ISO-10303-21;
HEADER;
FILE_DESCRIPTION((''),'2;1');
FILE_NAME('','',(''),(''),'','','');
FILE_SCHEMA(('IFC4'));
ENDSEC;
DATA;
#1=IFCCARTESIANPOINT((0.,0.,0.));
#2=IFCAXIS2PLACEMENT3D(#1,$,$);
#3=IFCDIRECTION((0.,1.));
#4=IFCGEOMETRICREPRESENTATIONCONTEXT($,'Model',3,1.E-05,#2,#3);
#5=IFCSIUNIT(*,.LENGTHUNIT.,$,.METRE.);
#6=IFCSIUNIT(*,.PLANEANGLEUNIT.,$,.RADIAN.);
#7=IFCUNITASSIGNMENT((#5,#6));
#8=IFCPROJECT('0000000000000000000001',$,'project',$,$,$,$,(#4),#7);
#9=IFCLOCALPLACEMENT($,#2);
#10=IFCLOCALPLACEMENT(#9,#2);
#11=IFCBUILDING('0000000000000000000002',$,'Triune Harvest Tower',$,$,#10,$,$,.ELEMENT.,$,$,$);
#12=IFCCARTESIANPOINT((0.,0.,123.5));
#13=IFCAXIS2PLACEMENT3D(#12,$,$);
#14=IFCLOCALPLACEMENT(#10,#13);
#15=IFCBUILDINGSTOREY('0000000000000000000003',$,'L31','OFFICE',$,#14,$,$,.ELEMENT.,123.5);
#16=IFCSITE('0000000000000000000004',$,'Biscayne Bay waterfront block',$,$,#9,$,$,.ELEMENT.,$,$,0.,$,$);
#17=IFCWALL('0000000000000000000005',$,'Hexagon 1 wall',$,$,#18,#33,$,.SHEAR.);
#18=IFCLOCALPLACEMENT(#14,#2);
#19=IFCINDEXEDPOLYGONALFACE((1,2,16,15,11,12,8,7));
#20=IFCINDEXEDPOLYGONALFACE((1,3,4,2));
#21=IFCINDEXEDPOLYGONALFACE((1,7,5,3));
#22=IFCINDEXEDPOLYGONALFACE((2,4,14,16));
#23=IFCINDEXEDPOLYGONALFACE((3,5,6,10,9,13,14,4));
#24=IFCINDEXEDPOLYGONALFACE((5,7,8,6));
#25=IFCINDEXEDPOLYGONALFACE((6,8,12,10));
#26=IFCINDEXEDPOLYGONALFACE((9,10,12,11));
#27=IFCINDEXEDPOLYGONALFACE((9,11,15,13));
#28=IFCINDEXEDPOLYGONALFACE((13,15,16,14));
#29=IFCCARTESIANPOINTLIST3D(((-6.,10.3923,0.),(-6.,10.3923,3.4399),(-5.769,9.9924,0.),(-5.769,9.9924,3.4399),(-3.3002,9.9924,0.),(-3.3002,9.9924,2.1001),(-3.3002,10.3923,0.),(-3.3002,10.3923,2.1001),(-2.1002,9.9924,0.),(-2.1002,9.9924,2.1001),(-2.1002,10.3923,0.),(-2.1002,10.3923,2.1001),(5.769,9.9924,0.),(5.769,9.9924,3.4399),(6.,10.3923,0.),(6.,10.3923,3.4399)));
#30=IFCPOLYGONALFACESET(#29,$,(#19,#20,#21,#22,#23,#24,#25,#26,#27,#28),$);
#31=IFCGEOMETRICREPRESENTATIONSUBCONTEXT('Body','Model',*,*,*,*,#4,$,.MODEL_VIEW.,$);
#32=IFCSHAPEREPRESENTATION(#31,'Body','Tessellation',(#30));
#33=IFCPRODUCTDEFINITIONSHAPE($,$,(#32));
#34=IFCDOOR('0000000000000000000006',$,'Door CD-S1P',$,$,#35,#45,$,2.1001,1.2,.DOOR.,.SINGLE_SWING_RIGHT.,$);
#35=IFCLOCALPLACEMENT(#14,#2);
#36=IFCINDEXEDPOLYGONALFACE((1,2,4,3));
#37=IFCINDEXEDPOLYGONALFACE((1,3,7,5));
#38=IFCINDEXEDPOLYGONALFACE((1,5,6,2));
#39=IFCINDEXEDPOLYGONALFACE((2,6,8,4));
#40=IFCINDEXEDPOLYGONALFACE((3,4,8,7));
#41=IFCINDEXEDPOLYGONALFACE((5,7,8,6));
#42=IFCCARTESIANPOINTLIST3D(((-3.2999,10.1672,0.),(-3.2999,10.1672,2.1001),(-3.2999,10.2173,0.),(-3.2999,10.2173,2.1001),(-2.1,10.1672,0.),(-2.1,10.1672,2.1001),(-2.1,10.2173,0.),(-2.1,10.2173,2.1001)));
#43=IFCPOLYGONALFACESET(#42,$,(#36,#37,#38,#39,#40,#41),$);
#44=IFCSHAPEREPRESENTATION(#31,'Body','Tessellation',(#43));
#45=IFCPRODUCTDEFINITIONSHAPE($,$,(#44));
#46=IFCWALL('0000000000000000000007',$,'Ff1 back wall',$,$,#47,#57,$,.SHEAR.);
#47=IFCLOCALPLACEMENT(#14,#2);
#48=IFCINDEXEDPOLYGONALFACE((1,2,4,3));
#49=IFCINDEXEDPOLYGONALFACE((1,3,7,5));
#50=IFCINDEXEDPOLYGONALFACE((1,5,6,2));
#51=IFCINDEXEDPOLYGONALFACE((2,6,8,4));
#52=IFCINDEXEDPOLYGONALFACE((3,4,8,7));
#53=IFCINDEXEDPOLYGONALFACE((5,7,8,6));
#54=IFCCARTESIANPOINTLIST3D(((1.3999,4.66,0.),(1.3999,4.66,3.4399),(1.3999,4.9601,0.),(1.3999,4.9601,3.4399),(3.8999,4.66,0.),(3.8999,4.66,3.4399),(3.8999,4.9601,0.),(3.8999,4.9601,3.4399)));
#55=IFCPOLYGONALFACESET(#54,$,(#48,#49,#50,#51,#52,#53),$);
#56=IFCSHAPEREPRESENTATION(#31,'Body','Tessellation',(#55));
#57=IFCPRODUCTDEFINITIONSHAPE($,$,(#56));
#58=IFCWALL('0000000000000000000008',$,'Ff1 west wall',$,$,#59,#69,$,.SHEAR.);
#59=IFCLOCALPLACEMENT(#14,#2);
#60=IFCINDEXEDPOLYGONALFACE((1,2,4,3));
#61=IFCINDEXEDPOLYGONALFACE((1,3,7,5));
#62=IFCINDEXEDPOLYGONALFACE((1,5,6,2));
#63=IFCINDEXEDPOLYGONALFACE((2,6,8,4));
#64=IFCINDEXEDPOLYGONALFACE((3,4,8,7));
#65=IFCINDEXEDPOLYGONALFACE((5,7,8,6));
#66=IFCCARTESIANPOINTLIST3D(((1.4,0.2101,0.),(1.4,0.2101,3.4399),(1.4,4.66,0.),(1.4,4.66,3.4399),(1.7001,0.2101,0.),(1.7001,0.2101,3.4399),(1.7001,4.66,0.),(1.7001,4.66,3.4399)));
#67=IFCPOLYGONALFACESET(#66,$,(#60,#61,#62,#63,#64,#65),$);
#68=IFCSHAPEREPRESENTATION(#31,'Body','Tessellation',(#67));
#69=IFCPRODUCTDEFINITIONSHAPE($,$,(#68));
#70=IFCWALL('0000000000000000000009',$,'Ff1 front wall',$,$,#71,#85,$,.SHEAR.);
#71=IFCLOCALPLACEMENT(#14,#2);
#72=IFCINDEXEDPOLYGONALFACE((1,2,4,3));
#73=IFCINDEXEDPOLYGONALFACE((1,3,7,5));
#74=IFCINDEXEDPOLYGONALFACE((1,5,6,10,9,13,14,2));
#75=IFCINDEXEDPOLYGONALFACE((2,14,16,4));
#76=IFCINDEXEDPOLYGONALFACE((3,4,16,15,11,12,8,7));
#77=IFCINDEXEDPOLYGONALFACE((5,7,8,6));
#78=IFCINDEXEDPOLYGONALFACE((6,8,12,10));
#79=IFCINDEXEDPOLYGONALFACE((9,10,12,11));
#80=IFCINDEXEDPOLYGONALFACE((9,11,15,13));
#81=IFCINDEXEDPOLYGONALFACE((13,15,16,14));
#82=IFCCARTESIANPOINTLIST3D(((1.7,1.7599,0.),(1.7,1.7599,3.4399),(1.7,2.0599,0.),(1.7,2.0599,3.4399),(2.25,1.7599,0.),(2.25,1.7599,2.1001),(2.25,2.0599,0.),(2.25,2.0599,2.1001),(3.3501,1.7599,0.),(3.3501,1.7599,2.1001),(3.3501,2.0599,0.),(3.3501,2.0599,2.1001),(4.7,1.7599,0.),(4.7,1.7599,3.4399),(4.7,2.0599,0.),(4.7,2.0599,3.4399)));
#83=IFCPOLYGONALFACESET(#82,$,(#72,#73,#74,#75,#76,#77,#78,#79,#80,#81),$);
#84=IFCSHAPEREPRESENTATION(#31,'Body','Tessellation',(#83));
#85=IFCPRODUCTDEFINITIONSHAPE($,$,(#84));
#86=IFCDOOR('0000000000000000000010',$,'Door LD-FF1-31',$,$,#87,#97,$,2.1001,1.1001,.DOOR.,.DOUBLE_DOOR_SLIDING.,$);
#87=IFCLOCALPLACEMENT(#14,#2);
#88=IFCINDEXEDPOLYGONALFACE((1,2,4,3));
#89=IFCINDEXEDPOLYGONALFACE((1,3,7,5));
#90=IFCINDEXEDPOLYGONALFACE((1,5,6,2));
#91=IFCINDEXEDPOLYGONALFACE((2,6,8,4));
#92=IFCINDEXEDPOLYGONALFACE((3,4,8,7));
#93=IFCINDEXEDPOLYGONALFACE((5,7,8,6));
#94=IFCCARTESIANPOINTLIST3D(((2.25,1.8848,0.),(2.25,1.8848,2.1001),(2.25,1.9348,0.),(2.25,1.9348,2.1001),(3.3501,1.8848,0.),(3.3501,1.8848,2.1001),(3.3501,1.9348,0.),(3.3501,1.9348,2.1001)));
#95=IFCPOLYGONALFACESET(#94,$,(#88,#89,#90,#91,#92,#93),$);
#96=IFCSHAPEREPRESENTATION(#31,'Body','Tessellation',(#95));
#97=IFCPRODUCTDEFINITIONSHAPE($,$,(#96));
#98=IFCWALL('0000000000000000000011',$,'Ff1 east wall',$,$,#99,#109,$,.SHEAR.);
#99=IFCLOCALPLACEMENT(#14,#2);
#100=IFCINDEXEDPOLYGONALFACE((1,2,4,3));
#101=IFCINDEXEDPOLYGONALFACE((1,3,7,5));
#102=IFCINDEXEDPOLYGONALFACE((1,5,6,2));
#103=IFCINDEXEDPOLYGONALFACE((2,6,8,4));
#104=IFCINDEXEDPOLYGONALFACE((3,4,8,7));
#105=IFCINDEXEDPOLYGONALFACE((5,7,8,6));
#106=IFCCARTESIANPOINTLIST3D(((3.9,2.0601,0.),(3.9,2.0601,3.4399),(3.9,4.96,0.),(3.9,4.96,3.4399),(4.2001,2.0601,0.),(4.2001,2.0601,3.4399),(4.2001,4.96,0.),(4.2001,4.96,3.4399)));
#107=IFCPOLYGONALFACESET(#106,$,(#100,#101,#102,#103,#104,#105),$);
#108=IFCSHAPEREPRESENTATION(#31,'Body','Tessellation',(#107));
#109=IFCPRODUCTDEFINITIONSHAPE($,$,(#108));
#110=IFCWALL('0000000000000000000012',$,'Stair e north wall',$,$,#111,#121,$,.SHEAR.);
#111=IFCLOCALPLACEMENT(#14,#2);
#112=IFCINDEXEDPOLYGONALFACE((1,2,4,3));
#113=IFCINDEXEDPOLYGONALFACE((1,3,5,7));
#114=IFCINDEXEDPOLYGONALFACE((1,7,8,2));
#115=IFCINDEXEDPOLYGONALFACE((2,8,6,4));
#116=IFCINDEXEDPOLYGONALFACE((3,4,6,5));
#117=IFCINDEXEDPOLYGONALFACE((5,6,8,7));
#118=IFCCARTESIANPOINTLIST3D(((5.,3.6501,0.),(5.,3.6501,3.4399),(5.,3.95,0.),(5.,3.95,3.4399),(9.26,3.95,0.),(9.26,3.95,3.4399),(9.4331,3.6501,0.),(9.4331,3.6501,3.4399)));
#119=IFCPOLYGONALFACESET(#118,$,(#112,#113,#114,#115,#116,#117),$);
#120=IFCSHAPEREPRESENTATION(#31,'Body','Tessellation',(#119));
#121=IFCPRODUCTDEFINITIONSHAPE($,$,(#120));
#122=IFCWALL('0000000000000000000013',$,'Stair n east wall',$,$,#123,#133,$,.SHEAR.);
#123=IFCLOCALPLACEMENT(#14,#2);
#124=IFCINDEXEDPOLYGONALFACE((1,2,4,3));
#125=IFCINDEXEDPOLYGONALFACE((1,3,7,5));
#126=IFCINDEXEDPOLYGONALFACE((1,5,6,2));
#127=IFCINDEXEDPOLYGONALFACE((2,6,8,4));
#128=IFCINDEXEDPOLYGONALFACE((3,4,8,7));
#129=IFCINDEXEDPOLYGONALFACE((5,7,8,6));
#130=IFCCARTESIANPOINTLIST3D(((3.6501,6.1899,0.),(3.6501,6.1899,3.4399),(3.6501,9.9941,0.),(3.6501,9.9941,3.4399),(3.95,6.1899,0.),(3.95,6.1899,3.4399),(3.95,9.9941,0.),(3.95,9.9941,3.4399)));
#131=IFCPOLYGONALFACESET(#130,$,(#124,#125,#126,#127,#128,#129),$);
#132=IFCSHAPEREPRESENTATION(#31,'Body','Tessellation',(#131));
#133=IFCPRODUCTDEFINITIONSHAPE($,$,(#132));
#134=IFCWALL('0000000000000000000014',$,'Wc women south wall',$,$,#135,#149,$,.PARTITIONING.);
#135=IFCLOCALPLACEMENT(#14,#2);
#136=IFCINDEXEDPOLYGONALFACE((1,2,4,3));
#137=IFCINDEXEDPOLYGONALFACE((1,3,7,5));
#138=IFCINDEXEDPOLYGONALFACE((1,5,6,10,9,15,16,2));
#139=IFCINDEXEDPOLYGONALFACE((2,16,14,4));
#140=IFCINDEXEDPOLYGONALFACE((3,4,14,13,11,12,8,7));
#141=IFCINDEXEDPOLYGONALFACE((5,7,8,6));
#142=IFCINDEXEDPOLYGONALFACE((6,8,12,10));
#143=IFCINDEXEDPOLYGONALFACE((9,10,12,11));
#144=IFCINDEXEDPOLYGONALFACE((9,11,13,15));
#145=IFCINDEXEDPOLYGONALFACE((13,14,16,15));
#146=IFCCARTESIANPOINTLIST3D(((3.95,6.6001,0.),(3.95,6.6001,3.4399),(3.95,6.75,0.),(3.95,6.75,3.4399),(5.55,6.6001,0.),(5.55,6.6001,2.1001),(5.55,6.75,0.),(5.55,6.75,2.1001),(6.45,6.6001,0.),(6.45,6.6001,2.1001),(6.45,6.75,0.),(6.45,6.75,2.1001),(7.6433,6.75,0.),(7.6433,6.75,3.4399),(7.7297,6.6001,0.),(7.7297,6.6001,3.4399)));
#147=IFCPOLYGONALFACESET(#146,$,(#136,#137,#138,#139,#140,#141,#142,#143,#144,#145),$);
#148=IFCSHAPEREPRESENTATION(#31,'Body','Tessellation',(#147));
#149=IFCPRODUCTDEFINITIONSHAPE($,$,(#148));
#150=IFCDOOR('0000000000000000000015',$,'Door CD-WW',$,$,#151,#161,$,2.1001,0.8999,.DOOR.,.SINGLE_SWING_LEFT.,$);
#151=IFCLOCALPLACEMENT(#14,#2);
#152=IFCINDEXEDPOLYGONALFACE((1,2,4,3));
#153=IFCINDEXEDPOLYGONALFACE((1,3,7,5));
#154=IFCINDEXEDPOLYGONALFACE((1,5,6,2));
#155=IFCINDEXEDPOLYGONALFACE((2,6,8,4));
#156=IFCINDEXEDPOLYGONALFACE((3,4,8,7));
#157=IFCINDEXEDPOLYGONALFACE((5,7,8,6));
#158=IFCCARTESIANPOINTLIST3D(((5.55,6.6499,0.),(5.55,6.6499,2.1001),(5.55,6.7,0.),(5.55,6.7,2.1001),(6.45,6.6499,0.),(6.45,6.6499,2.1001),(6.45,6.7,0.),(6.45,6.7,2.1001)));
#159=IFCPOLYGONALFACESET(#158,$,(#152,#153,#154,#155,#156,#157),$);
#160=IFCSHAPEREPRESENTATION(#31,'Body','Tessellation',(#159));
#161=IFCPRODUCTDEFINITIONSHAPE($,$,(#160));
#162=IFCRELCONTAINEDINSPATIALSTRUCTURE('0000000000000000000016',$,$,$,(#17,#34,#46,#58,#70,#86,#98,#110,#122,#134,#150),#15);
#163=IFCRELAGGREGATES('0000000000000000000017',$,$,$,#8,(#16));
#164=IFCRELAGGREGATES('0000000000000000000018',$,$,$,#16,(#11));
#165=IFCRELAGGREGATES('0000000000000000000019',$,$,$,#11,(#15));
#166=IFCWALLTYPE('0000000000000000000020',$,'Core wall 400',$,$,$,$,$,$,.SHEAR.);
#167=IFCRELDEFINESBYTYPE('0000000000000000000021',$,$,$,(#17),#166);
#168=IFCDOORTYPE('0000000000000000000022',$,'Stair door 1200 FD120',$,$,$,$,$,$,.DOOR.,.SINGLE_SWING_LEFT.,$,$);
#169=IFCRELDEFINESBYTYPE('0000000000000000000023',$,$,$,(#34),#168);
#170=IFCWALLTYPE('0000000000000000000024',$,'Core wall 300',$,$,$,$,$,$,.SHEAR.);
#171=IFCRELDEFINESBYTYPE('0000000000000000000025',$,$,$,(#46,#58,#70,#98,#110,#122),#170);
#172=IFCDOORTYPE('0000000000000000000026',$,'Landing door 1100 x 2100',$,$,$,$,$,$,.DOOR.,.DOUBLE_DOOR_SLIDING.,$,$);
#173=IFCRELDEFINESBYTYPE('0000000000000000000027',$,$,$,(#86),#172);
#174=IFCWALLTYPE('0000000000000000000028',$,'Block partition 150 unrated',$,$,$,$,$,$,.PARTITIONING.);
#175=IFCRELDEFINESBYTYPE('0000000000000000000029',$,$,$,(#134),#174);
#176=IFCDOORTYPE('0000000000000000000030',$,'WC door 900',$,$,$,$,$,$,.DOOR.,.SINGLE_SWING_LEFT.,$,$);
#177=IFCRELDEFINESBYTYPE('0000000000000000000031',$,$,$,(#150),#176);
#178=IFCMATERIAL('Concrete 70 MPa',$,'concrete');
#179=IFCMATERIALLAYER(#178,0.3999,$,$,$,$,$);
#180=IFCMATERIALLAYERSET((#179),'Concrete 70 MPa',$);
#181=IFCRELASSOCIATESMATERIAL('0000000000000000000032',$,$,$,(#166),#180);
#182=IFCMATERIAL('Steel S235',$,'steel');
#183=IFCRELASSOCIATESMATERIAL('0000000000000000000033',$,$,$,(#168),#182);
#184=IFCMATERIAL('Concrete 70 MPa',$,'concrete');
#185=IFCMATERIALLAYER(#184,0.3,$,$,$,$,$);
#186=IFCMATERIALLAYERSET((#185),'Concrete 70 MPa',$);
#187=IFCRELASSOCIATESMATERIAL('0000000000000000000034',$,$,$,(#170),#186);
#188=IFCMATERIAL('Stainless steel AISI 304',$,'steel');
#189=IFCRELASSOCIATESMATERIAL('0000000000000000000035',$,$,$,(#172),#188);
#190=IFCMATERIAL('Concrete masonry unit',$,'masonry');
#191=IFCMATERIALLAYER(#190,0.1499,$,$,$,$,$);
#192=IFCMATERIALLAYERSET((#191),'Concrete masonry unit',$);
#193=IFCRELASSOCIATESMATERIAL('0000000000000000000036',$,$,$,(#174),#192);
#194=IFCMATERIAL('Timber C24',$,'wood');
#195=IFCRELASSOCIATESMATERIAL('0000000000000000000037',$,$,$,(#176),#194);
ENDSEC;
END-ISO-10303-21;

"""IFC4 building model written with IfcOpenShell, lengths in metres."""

from ifc_helpers import new_model, si_unit, direction, frame, frame_2d, origin, place, context, subcontext, project, spatial, polyline, rectangle, outline, extrude, source, transform, mapped, material, layer, layer_set, type_object, element, fill, save


model = new_model("IFC4")

# Units and contexts
model_context = context("Model", 3, precision=1e-05, world=origin(), true_north=direction((0.0, 1.0)))
body_context = subcontext(model_context, "Body", "Model", "MODEL_VIEW")
ifc_project = project(units=[si_unit("LENGTHUNIT", "METRE"), si_unit("PLANEANGLEUNIT", "RADIAN")], contexts=[model_context])

# Site, building, storey
site_placement = place(None, origin())
site = spatial("IfcSite", under=ifc_project, at=site_placement, Name="Biscayne Bay waterfront block", CompositionType="ELEMENT", RefElevation=0.0)
building_placement = place(site_placement, origin())
building = spatial("IfcBuilding", under=site, at=building_placement, Name="Triune Harvest Tower", CompositionType="ELEMENT")
storey_placement = place(building_placement, frame((0.0, 0.0, 123.5)))
storey = spatial("IfcBuildingStorey", under=building, at=storey_placement, Name="L31", Description="OFFICE", CompositionType="ELEMENT", Elevation=123.5)

# Wall, opening, door
ifc_material_1 = material(Name="Concrete 70 MPa", Category="concrete")
ifc_layer_1 = layer(ifc_material_1, 0.3999)
ifc_layer_set_1 = layer_set([ifc_layer_1], Name="Concrete 70 MPa")
wall_type_1 = type_object("IfcWallType", Name="Core wall 400", PredefinedType="SHEAR", material=ifc_layer_set_1)
shared_shape_1 = source(origin(), body_context, "Body", "SweptSolid", [
    extrude(outline(polyline([(-0.1155, -0.2), (11.8845, -0.2), (11.6536, 0.2), (0.1155, 0.2), (-0.1155, -0.2)])), origin(), (0.0, 0.0, 1.0), 3.4399),
])
wall_1_placement = place(storey_placement, frame((5.8845, 10.1924, 0.0), z_axis=(0.0, 0.0, 1.0), x_axis=(-1.0, 0.0, 0.0)))
wall_1 = element("IfcWall", 1, at=wall_1_placement, inside=storey, type_object=wall_type_1, Name="Hexagon 1 wall", PredefinedType="SHEAR", context=body_context, shape_type="MappedRepresentation", body=[
    mapped(shared_shape_1, transform((0.0, 0.0, 0.0), scale=1.0)),
])
opening_1_placement = place(wall_1_placement, frame((7.9846, 0.0, 0.0)))
opening_1 = element("IfcOpeningElement", 2, at=opening_1_placement, cuts=wall_1, PredefinedType="OPENING", context=body_context, shape_type="SweptSolid", body=[
    extrude(rectangle(XDim=1.2, YDim=2.1001, at=frame_2d((0.6001, 1.05))), frame((0.0, 0.21, 0.0), z_axis=(0.0, -1.0, 0.0), x_axis=(1.0, 0.0, 0.0)), (0.0, 0.0, 1.0), 0.4199),
])
ifc_material_2 = material(Name="Steel S235", Category="steel")
door_type_1 = type_object("IfcDoorType", Name="Stair door 1200 FD120", OperationType="SINGLE_SWING_LEFT", PredefinedType="DOOR", material=ifc_material_2)
door_1_placement = place(opening_1_placement, frame((1.2, 0.0, 0.0), z_axis=(0.0, 0.0, 1.0), x_axis=(-1.0, 0.0, 0.0)))
door_1 = element("IfcDoor", 3, at=door_1_placement, inside=storey, type_object=door_type_1, Name="Door CD-S1P", OperationType="SINGLE_SWING_RIGHT", OverallHeight=2.1001, OverallWidth=1.2, PredefinedType="DOOR", context=body_context, shape_type="SweptSolid", body=[
    extrude(rectangle(XDim=1.2, YDim=2.1001, at=frame_2d((0.6001, 1.05))), frame((0.0, 0.0249, 0.0), z_axis=(0.0, -1.0, 0.0), x_axis=(1.0, 0.0, 0.0)), (0.0, 0.0, 1.0), 0.05),
])
fill(opening_1, door_1)

# Walls
ifc_material_3 = material(Name="Concrete 70 MPa", Category="concrete")
ifc_layer_2 = layer(ifc_material_3, 0.3)
ifc_layer_set_2 = layer_set([ifc_layer_2], Name="Concrete 70 MPa")
wall_type_2 = type_object("IfcWallType", Name="Core wall 300", PredefinedType="SHEAR", material=ifc_layer_set_2)
shared_shape_2 = source(origin(), body_context, "Body", "SweptSolid", [
    extrude(rectangle(XDim=2.5, YDim=0.3, at=frame_2d((1.25, 0.0))), origin(), (0.0, 0.0, 1.0), 3.4399),
])
wall_2_placement = place(storey_placement, frame((1.3999, 4.8101, 0.0), z_axis=(0.0, 0.0, 1.0), x_axis=(1.0, 0.0, 0.0)))
element("IfcWall", 4, at=wall_2_placement, inside=storey, type_object=wall_type_2, Name="Ff1 back wall", PredefinedType="SHEAR", context=body_context, shape_type="MappedRepresentation", body=[
    mapped(shared_shape_2, transform((0.0, 0.0, 0.0), scale=1.0)),
])
shared_shape_3 = source(origin(), body_context, "Body", "SweptSolid", [
    extrude(rectangle(XDim=4.45, YDim=0.3, at=frame_2d((2.2251, 0.0))), origin(), (0.0, 0.0, 1.0), 3.4399),
])
wall_3_placement = place(storey_placement, frame((1.55, 0.21, 0.0), z_axis=(0.0, 0.0, 1.0), x_axis=(0.0, 1.0, 0.0)))
element("IfcWall", 5, at=wall_3_placement, inside=storey, type_object=wall_type_2, Name="Ff1 west wall", PredefinedType="SHEAR", context=body_context, shape_type="MappedRepresentation", body=[
    mapped(shared_shape_3, transform((0.0, 0.0, 0.0), scale=1.0)),
])

# Wall, opening, door
shared_shape_4 = source(origin(), body_context, "Body", "SweptSolid", [
    extrude(rectangle(XDim=3.0, YDim=0.3, at=frame_2d((1.5, 0.0))), origin(), (0.0, 0.0, 1.0), 3.4399),
])
wall_4_placement = place(storey_placement, frame((1.7, 1.9099, 0.0), z_axis=(0.0, 0.0, 1.0), x_axis=(1.0, 0.0, 0.0)))
wall_4 = element("IfcWall", 6, at=wall_4_placement, inside=storey, type_object=wall_type_2, Name="Ff1 front wall", PredefinedType="SHEAR", context=body_context, shape_type="MappedRepresentation", body=[
    mapped(shared_shape_4, transform((0.0, 0.0, 0.0), scale=1.0)),
])
opening_2_placement = place(wall_4_placement, frame((0.55, 0.0, 0.0)))
opening_2 = element("IfcOpeningElement", 7, at=opening_2_placement, cuts=wall_4, PredefinedType="OPENING", context=body_context, shape_type="SweptSolid", body=[
    extrude(rectangle(XDim=1.1001, YDim=2.1001, at=frame_2d((0.55, 1.05))), frame((0.0, 0.1602, 0.0), z_axis=(0.0, -1.0, 0.0), x_axis=(1.0, 0.0, 0.0)), (0.0, 0.0, 1.0), 0.3201),
])
ifc_material_4 = material(Name="Stainless steel AISI 304", Category="steel")
door_type_2 = type_object("IfcDoorType", Name="Landing door 1100 x 2100", OperationType="DOUBLE_DOOR_SLIDING", PredefinedType="DOOR", material=ifc_material_4)
door_2_placement = place(opening_2_placement, origin())
door_2 = element("IfcDoor", 8, at=door_2_placement, inside=storey, type_object=door_type_2, Name="Door LD-FF1-31", OperationType="DOUBLE_DOOR_SLIDING", OverallHeight=2.1001, OverallWidth=1.1001, PredefinedType="DOOR", context=body_context, shape_type="SweptSolid", body=[
    extrude(rectangle(XDim=1.1001, YDim=2.1001, at=frame_2d((0.55, 1.05))), frame((0.0, 0.0249, 0.0), z_axis=(0.0, -1.0, 0.0), x_axis=(1.0, 0.0, 0.0)), (0.0, 0.0, 1.0), 0.05),
])
fill(opening_2, door_2)

# Walls
shared_shape_5 = source(origin(), body_context, "Body", "SweptSolid", [
    extrude(rectangle(XDim=2.8999, YDim=0.3, at=frame_2d((1.45, 0.0))), origin(), (0.0, 0.0, 1.0), 3.4399),
])
wall_5_placement = place(storey_placement, frame((4.05, 2.0601, 0.0), z_axis=(0.0, 0.0, 1.0), x_axis=(0.0, 1.0, 0.0)))
element("IfcWall", 9, at=wall_5_placement, inside=storey, type_object=wall_type_2, Name="Ff1 east wall", PredefinedType="SHEAR", context=body_context, shape_type="MappedRepresentation", body=[
    mapped(shared_shape_5, transform((0.0, 0.0, 0.0), scale=1.0)),
])
shared_shape_6 = source(origin(), body_context, "Body", "SweptSolid", [
    extrude(outline(polyline([(0.0, -0.1499), (0.0, 0.1499), (4.26, 0.1499), (4.4331, -0.1499), (0.0, -0.1499)])), origin(), (0.0, 0.0, 1.0), 3.4399),
])
wall_6_placement = place(storey_placement, frame((5.0, 3.8, 0.0), z_axis=(0.0, 0.0, 1.0), x_axis=(1.0, 0.0, 0.0)))
element("IfcWall", 10, at=wall_6_placement, inside=storey, type_object=wall_type_2, Name="Stair e north wall", PredefinedType="SHEAR", context=body_context, shape_type="MappedRepresentation", body=[
    mapped(shared_shape_6, transform((0.0, 0.0, 0.0), scale=1.0)),
])
shared_shape_7 = source(origin(), body_context, "Body", "SweptSolid", [
    extrude(outline(polyline([(0.0, -0.1499), (0.0, 0.1499), (3.8042, 0.1499), (3.8042, -0.1499), (0.0, -0.1499)])), origin(), (0.0, 0.0, 1.0), 3.4399),
])
wall_7_placement = place(storey_placement, frame((3.8, 6.1899, 0.0), z_axis=(0.0, 0.0, 1.0), x_axis=(0.0, 1.0, 0.0)))
element("IfcWall", 11, at=wall_7_placement, inside=storey, type_object=wall_type_2, Name="Stair n east wall", PredefinedType="SHEAR", context=body_context, shape_type="MappedRepresentation", body=[
    mapped(shared_shape_7, transform((0.0, 0.0, 0.0), scale=1.0)),
])

# Wall, opening, door
ifc_material_5 = material(Name="Concrete masonry unit", Category="masonry")
ifc_layer_3 = layer(ifc_material_5, 0.1499)
ifc_layer_set_3 = layer_set([ifc_layer_3], Name="Concrete masonry unit")
wall_type_3 = type_object("IfcWallType", Name="Block partition 150 unrated", PredefinedType="PARTITIONING", material=ifc_layer_set_3)
shared_shape_8 = source(origin(), body_context, "Body", "SweptSolid", [
    extrude(outline(polyline([(0.0, -0.075), (0.0, 0.075), (3.6934, 0.075), (3.7798, -0.075), (0.0, -0.075)])), origin(), (0.0, 0.0, 1.0), 3.4399),
])
wall_8_placement = place(storey_placement, frame((3.95, 6.675, 0.0), z_axis=(0.0, 0.0, 1.0), x_axis=(1.0, 0.0, 0.0)))
wall_8 = element("IfcWall", 12, at=wall_8_placement, inside=storey, type_object=wall_type_3, Name="Wc women south wall", PredefinedType="PARTITIONING", context=body_context, shape_type="MappedRepresentation", body=[
    mapped(shared_shape_8, transform((0.0, 0.0, 0.0), scale=1.0)),
])
opening_3_placement = place(wall_8_placement, frame((1.6001, 0.0, 0.0)))
opening_3 = element("IfcOpeningElement", 13, at=opening_3_placement, cuts=wall_8, PredefinedType="OPENING", context=body_context, shape_type="SweptSolid", body=[
    extrude(rectangle(XDim=0.8999, YDim=2.1001, at=frame_2d((0.45, 1.05))), frame((0.0, 0.085, 0.0), z_axis=(0.0, -1.0, 0.0), x_axis=(1.0, 0.0, 0.0)), (0.0, 0.0, 1.0), 0.1699),
])
ifc_material_6 = material(Name="Timber C24", Category="wood")
door_type_3 = type_object("IfcDoorType", Name="WC door 900", OperationType="SINGLE_SWING_LEFT", PredefinedType="DOOR", material=ifc_material_6)
door_3_placement = place(opening_3_placement, origin())
door_3 = element("IfcDoor", 14, at=door_3_placement, inside=storey, type_object=door_type_3, Name="Door CD-WW", OperationType="SINGLE_SWING_LEFT", OverallHeight=2.1001, OverallWidth=0.8999, PredefinedType="DOOR", context=body_context, shape_type="SweptSolid", body=[
    extrude(rectangle(XDim=0.8999, YDim=2.1001, at=frame_2d((0.45, 1.05))), frame((0.0, 0.0249, 0.0), z_axis=(0.0, -1.0, 0.0), x_axis=(1.0, 0.0, 0.0)), (0.0, 0.0, 1.0), 0.05),
])
fill(opening_3, door_3)

save(model, "model.ifc")
